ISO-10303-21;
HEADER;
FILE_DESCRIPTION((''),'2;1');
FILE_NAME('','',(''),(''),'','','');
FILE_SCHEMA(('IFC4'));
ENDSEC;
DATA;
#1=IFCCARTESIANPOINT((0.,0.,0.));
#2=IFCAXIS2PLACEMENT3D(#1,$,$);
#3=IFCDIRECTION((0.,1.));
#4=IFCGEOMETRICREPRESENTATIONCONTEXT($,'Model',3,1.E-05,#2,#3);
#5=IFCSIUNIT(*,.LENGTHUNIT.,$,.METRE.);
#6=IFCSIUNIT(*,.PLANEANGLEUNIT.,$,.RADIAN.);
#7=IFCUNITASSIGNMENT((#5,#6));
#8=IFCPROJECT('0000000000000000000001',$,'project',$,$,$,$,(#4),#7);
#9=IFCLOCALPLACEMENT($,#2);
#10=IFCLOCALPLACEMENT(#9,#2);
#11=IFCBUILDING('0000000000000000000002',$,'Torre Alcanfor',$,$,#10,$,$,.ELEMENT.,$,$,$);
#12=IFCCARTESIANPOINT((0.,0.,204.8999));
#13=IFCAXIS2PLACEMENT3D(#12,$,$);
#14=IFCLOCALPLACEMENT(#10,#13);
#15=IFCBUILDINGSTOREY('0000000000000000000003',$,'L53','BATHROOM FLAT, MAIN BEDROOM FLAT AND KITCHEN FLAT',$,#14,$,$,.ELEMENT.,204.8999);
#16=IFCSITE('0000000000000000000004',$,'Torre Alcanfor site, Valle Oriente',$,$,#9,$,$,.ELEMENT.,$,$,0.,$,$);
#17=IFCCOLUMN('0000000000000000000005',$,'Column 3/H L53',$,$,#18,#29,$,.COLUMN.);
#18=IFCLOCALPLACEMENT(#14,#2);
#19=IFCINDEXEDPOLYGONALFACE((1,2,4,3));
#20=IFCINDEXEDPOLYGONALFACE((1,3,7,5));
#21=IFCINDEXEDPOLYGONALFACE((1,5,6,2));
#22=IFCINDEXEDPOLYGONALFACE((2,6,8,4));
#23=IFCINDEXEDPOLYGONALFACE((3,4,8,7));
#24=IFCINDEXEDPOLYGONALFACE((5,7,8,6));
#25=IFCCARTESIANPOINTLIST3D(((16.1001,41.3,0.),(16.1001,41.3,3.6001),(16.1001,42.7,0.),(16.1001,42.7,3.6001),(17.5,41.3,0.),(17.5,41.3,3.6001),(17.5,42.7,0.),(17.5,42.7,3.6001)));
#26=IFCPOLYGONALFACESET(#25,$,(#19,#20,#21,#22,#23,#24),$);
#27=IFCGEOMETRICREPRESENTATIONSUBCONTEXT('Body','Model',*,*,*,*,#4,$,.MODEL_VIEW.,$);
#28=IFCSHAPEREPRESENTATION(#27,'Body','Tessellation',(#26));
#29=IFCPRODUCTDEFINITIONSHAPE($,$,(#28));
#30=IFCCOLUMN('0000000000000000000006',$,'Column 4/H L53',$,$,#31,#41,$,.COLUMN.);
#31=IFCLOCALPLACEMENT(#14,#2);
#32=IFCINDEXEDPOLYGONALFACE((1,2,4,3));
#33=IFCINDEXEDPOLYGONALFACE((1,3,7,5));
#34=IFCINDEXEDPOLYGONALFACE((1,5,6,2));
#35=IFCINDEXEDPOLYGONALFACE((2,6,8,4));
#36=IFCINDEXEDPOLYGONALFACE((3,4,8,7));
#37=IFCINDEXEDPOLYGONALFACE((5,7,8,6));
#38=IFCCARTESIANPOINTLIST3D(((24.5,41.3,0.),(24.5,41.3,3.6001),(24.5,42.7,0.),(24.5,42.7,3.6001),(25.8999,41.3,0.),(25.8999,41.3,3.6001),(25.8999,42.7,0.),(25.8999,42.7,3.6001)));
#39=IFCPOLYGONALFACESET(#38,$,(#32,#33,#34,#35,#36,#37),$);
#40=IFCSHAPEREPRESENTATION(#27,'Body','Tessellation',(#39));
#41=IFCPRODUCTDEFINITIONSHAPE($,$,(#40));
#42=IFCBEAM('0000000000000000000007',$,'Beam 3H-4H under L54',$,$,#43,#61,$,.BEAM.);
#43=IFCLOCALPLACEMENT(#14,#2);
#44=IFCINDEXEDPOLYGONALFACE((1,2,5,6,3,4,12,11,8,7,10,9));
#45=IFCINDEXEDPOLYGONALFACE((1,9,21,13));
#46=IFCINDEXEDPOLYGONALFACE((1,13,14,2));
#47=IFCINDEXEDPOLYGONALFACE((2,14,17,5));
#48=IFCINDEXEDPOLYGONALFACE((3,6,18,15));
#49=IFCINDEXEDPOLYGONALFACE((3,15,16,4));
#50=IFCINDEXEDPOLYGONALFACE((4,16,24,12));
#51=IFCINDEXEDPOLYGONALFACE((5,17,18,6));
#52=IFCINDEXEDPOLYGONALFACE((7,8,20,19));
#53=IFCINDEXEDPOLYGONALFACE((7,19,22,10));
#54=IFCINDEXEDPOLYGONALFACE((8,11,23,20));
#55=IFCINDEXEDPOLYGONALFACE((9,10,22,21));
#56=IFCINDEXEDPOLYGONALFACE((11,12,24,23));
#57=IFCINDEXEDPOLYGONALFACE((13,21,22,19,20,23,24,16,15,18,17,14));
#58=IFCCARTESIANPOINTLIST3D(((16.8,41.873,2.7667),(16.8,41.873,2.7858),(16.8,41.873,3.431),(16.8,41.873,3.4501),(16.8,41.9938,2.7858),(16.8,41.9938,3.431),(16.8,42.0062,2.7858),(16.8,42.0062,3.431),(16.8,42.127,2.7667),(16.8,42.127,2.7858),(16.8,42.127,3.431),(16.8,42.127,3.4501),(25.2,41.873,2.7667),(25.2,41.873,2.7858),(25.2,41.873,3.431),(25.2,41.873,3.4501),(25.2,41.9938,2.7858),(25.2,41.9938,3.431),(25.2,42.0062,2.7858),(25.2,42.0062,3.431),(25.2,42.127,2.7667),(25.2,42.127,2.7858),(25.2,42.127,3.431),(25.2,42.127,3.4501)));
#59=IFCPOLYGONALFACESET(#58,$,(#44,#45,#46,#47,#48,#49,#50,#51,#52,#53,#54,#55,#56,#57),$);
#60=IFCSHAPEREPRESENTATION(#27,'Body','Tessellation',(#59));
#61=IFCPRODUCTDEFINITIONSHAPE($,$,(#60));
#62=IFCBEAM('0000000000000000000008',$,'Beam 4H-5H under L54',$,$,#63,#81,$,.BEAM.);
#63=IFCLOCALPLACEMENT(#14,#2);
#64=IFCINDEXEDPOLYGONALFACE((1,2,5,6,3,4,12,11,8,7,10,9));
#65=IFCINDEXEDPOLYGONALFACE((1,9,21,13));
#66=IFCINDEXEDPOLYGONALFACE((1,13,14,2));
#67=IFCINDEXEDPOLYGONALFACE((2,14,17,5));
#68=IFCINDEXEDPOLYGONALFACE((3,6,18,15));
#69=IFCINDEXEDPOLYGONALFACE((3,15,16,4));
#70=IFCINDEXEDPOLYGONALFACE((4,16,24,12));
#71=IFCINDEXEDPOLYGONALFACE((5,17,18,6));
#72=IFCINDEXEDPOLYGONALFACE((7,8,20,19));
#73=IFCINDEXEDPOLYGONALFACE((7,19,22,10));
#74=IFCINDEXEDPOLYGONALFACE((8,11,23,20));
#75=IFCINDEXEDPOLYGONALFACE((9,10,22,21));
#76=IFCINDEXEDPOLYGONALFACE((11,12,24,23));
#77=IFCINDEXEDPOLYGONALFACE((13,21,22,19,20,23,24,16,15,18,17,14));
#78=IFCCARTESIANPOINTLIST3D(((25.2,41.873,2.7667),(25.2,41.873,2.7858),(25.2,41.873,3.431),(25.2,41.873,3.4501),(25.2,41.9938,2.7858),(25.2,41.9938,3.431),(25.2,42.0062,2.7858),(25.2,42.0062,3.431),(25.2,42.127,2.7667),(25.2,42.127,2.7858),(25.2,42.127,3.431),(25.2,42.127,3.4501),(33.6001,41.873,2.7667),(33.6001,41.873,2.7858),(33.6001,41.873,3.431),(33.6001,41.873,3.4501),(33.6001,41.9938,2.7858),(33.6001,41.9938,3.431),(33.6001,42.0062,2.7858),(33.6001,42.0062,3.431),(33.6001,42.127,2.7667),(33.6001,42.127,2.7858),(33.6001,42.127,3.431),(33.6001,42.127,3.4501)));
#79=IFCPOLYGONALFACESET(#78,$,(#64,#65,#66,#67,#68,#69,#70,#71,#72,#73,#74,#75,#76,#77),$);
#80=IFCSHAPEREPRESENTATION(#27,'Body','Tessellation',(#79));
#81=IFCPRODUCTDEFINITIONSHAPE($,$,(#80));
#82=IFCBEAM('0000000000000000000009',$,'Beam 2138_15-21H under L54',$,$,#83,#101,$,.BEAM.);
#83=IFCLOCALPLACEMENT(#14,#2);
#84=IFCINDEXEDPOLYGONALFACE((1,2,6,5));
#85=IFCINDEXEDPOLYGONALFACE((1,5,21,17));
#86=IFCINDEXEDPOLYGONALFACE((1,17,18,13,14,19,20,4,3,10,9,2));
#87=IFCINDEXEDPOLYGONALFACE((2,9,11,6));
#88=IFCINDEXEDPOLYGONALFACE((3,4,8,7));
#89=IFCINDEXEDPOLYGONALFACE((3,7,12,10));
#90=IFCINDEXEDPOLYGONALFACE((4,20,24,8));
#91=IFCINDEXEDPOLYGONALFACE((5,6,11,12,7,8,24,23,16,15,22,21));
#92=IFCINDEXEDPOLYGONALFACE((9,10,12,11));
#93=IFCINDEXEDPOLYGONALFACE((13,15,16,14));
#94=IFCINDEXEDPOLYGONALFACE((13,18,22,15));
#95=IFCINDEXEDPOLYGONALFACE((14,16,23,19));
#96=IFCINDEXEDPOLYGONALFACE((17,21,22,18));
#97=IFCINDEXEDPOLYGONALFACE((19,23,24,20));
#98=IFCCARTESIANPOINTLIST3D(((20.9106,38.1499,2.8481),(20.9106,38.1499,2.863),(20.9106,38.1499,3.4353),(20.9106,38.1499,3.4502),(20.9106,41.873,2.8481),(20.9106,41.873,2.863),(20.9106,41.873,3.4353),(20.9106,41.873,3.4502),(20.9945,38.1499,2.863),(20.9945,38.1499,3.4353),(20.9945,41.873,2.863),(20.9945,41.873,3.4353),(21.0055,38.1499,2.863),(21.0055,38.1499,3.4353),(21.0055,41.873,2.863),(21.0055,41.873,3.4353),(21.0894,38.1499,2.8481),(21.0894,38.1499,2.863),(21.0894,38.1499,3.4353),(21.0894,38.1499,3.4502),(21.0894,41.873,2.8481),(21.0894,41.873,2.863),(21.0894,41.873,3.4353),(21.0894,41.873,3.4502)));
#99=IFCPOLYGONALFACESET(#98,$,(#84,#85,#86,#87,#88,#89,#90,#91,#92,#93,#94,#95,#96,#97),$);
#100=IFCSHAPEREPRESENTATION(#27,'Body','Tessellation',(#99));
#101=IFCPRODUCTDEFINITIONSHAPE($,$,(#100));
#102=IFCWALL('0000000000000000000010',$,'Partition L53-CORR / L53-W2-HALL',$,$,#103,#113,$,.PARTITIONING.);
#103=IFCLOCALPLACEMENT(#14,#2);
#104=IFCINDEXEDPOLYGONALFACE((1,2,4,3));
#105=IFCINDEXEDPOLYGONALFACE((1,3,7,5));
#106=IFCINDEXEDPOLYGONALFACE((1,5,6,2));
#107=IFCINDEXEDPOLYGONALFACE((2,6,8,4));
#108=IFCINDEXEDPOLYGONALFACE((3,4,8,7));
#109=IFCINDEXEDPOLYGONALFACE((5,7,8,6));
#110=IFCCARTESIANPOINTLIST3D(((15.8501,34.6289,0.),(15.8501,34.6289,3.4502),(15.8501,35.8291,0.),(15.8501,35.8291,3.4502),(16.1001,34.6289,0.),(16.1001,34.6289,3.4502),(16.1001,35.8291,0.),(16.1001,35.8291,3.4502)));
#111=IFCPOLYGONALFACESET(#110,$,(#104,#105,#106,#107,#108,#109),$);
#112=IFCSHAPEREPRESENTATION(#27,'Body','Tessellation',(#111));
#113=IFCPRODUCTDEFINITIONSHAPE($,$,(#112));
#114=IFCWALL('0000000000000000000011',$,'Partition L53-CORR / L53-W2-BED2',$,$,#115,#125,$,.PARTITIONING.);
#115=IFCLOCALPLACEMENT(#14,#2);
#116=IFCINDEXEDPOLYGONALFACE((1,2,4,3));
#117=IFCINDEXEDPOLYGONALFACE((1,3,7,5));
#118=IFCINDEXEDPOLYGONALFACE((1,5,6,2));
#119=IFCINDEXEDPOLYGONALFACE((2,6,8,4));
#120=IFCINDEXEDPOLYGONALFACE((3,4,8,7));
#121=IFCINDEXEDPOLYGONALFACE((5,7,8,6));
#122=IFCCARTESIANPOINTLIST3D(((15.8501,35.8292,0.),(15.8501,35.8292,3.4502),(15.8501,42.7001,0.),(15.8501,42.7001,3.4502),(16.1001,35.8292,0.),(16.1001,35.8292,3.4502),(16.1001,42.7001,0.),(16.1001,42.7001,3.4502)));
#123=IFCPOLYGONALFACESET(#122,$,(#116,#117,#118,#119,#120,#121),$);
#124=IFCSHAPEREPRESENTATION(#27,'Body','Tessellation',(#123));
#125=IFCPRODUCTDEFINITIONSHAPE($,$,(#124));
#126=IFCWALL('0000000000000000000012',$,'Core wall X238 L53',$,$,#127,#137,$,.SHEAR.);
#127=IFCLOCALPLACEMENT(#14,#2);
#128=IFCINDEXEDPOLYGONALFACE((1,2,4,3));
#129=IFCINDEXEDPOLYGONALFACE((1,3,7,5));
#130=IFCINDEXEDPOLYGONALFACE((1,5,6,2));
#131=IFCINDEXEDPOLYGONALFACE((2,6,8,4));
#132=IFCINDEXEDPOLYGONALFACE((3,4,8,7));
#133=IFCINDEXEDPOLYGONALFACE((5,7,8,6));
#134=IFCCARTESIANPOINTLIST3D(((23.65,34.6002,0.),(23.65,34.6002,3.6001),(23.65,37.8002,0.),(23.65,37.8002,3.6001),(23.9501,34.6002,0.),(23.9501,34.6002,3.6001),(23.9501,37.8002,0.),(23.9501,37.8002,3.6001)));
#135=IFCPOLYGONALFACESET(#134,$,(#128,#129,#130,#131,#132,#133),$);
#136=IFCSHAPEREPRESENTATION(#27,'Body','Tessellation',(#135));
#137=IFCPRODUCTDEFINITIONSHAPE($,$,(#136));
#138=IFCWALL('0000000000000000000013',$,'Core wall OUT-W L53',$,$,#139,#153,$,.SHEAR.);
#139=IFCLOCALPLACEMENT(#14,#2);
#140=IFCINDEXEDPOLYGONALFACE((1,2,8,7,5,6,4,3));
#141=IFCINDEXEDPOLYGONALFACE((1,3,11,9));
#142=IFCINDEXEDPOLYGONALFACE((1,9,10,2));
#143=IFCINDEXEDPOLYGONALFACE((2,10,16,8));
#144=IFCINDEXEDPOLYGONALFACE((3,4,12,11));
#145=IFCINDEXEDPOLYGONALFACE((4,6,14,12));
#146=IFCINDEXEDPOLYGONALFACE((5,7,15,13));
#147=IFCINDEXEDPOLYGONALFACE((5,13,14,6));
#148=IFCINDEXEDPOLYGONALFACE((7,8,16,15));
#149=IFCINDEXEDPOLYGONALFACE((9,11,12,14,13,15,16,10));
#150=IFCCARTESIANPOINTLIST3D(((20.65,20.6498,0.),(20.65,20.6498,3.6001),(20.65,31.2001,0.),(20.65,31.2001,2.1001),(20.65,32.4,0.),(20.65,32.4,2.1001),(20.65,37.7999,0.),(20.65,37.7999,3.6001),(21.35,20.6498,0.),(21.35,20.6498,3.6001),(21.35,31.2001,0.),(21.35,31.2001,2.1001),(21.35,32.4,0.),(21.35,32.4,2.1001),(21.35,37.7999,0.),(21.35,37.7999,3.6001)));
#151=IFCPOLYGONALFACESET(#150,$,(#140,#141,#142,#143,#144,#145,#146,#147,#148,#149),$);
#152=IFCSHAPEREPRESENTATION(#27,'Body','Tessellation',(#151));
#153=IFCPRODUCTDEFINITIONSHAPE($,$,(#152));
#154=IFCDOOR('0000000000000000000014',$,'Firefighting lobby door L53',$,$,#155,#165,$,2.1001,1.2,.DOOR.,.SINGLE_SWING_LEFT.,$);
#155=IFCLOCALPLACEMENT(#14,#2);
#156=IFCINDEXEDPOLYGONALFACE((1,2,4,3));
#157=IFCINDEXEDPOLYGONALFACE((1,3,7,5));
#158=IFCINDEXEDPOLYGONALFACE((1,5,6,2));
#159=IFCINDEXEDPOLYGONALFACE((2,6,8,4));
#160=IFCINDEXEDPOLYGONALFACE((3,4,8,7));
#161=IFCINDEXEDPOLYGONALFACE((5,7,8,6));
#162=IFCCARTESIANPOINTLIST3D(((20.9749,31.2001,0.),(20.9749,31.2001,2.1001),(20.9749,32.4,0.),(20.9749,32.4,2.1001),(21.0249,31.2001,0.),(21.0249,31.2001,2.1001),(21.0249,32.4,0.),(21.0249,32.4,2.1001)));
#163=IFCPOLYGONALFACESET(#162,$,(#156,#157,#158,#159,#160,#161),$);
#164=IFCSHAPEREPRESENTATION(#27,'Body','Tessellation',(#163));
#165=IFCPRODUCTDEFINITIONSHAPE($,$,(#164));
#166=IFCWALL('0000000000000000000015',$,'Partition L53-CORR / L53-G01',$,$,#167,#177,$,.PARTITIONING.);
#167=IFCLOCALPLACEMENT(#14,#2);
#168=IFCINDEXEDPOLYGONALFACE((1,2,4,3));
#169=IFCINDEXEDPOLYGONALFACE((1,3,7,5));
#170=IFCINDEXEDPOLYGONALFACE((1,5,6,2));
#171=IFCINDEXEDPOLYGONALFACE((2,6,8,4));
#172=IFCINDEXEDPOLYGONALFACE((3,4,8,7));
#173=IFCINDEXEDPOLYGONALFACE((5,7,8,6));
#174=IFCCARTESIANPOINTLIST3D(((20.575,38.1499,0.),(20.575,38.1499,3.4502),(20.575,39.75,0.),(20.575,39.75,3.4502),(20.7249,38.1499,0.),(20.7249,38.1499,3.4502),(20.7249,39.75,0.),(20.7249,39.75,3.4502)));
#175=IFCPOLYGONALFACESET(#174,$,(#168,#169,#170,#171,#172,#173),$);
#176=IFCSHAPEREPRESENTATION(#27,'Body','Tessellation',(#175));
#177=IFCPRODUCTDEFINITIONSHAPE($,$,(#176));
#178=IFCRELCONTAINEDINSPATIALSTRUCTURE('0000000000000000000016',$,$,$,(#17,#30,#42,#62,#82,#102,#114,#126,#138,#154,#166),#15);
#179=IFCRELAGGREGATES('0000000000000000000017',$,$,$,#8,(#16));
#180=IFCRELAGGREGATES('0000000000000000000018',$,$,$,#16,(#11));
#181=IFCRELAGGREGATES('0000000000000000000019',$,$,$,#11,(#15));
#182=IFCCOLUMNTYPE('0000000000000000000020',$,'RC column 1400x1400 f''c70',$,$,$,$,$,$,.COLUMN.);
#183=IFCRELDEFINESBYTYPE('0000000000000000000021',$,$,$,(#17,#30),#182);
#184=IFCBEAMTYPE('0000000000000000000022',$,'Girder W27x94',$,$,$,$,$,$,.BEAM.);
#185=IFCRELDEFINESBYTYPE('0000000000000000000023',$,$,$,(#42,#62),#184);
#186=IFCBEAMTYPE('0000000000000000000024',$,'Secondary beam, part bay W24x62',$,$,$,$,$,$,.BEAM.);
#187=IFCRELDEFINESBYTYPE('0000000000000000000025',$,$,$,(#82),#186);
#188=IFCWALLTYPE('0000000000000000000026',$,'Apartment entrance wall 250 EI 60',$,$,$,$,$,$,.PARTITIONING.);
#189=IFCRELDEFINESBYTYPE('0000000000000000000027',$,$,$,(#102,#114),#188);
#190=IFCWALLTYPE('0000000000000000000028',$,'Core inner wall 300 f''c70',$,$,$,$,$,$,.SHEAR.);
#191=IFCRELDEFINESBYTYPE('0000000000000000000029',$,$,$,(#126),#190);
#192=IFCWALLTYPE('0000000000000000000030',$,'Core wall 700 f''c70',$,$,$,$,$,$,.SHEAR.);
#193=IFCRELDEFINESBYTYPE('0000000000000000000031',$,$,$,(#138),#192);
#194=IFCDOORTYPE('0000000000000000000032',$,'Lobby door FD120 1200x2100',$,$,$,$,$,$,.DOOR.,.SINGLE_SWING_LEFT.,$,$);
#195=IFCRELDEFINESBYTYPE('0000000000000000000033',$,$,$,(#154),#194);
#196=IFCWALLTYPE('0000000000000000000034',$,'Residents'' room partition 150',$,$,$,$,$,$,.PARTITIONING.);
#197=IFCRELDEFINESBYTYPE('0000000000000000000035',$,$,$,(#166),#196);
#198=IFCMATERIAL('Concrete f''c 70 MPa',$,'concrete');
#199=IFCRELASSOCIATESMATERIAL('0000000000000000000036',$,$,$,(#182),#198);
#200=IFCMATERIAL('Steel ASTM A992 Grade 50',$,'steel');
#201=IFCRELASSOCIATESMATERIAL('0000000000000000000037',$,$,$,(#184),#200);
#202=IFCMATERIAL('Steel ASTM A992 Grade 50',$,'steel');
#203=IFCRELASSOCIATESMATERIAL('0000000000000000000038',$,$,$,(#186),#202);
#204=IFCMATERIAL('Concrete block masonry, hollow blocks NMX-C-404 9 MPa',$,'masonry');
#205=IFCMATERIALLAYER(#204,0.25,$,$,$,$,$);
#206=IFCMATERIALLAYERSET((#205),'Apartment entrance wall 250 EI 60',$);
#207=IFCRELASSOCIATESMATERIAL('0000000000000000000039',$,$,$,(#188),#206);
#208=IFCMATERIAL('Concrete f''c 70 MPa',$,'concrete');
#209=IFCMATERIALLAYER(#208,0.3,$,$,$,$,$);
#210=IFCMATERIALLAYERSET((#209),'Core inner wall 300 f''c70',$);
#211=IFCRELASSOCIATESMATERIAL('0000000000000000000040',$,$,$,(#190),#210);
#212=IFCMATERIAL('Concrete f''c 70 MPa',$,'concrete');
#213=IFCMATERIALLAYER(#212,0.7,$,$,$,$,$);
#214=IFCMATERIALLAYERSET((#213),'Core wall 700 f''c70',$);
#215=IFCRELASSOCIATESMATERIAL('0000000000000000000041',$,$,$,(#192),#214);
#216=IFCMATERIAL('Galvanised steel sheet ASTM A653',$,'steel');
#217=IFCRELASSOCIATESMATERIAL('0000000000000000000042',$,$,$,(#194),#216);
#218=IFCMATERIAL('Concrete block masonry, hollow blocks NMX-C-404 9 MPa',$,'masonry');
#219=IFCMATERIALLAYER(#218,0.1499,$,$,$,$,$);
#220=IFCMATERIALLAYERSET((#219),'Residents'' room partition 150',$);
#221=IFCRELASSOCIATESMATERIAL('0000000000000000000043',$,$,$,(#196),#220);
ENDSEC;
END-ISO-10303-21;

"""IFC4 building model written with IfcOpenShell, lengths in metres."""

from ifc_helpers import new_model, si_unit, direction, frame, frame_2d, origin, origin_2d, place, context, subcontext, project, spatial, rectangle, i_section, extrude, material, layer, layer_set, material_profile, profile_set, type_object, element, fill, save


model = new_model("IFC4")

# Units and contexts
model_context = context("Model", 3, precision=1e-05, world=origin(), true_north=direction((0.0, 1.0)))
body_context = subcontext(model_context, "Body", "Model", "MODEL_VIEW")
ifc_project = project(units=[si_unit("LENGTHUNIT", "METRE"), si_unit("PLANEANGLEUNIT", "RADIAN")], contexts=[model_context])

# Site, building, storey
site_placement = place(None, origin())
site = spatial("IfcSite", under=ifc_project, at=site_placement, Name="Torre Alcanfor site, Valle Oriente", CompositionType="ELEMENT", RefElevation=0.0)
building_placement = place(site_placement, origin())
building = spatial("IfcBuilding", under=site, at=building_placement, Name="Torre Alcanfor", CompositionType="ELEMENT")
storey_placement = place(building_placement, frame((0.0, 0.0, 204.8999)))
storey = spatial("IfcBuildingStorey", under=building, at=storey_placement, Name="L53", Description="BATHROOM FLAT, MAIN BEDROOM FLAT AND KITCHEN FLAT", CompositionType="ELEMENT", Elevation=204.8999)

# Columns
ifc_material_1 = material(Name="Concrete f'c 70 MPa", Category="concrete")
ifc_material_profile_1 = material_profile(ifc_material_1, rectangle(XDim=1.3999, YDim=1.3999, at=origin_2d()), Name="1400x1400")
ifc_profile_set_1 = profile_set([ifc_material_profile_1], Name="Concrete f'c 70 MPa")
column_type = type_object("IfcColumnType", Name="RC column 1400x1400 f'c70", PredefinedType="COLUMN", material=ifc_profile_set_1)
for number, where, z_axis, x_axis, name in (
    (1, (16.8, 42.0, 0.0), (0.0, 0.0, 1.0), (1.0, 0.0, 0.0), "Column 3/H L53"),
    (2, (25.2, 42.0, 0.0), (0.0, 0.0, 1.0), (1.0, 0.0, 0.0), "Column 4/H L53"),
):
    element("IfcColumn", number, at=place(storey_placement, frame(where, z_axis=z_axis, x_axis=x_axis)), inside=storey, type_object=column_type, Name=name, PredefinedType="COLUMN", context=body_context, shape_type="SweptSolid", body=[
        extrude(rectangle(XDim=1.3999, YDim=1.3999, at=origin_2d()), origin(), (0.0, 0.0, 1.0), 3.6001),
    ])

# Beams
ifc_material_2 = material(Name="Steel ASTM A992 Grade 50", Category="steel")
ifc_material_profile_2 = material_profile(ifc_material_2, i_section(OverallWidth=0.2539, OverallDepth=0.6833, WebThickness=0.0125, FlangeThickness=0.019, at=origin_2d()), Name="W27x94")
ifc_profile_set_2 = profile_set([ifc_material_profile_2], Name="Steel ASTM A992 Grade 50")
beam_type_1 = type_object("IfcBeamType", Name="Girder W27x94", PredefinedType="BEAM", material=ifc_profile_set_2)
beam_1_placement = place(storey_placement, frame((16.8, 42.0, 3.1084), z_axis=(1.0, 0.0, 0.0), x_axis=(0.0, 1.0, 0.0)))
element("IfcBeam", 3, at=beam_1_placement, inside=storey, type_object=beam_type_1, Name="Beam 3H-4H under L54", PredefinedType="BEAM", context=body_context, shape_type="SweptSolid", body=[
    extrude(i_section(OverallWidth=0.2539, OverallDepth=0.6833, WebThickness=0.0125, FlangeThickness=0.019, at=origin_2d()), origin(), (0.0, 0.0, 1.0), 8.3999),
])
beam_2_placement = place(storey_placement, frame((25.2, 42.0, 3.1084), z_axis=(1.0, 0.0, 0.0), x_axis=(0.0, 1.0, 0.0)))
element("IfcBeam", 4, at=beam_2_placement, inside=storey, type_object=beam_type_1, Name="Beam 4H-5H under L54", PredefinedType="BEAM", context=body_context, shape_type="SweptSolid", body=[
    extrude(i_section(OverallWidth=0.2539, OverallDepth=0.6833, WebThickness=0.0125, FlangeThickness=0.019, at=origin_2d()), origin(), (0.0, 0.0, 1.0), 8.4001),
])
ifc_material_3 = material(Name="Steel ASTM A992 Grade 50", Category="steel")
ifc_material_profile_3 = material_profile(ifc_material_3, i_section(OverallWidth=0.1787, OverallDepth=0.6021, WebThickness=0.011, FlangeThickness=0.0149, at=origin_2d()), Name="W24x62")
ifc_profile_set_3 = profile_set([ifc_material_profile_3], Name="Steel ASTM A992 Grade 50")
beam_type_2 = type_object("IfcBeamType", Name="Secondary beam, part bay W24x62", PredefinedType="BEAM", material=ifc_profile_set_3)
beam_3_placement = place(storey_placement, frame((21.0, 38.1499, 3.1492), z_axis=(0.0, 1.0, 0.0), x_axis=(-1.0, 0.0, 0.0)))
element("IfcBeam", 5, at=beam_3_placement, inside=storey, type_object=beam_type_2, Name="Beam 2138_15-21H under L54", PredefinedType="BEAM", context=body_context, shape_type="SweptSolid", body=[
    extrude(i_section(OverallWidth=0.1787, OverallDepth=0.6021, WebThickness=0.011, FlangeThickness=0.0149, at=origin_2d()), origin(), (0.0, 0.0, 1.0), 3.7231),
])

# Walls
ifc_material_4 = material(Name="Concrete block masonry, hollow blocks NMX-C-404 9 MPa", Category="masonry")
ifc_layer_1 = layer(ifc_material_4, 0.25)
ifc_layer_set_1 = layer_set([ifc_layer_1], Name="Apartment entrance wall 250 EI 60")
wall_type_1 = type_object("IfcWallType", Name="Apartment entrance wall 250 EI 60", PredefinedType="PARTITIONING", material=ifc_layer_set_1)
wall_1_placement = place(storey_placement, frame((15.9751, 34.6289, 0.0), z_axis=(0.0, 0.0, 1.0), x_axis=(0.0, 1.0, 0.0)))
element("IfcWall", 6, at=wall_1_placement, inside=storey, type_object=wall_type_1, Name="Partition L53-CORR / L53-W2-HALL", PredefinedType="PARTITIONING", context=body_context, shape_type="SweptSolid", body=[
    extrude(rectangle(XDim=1.2002, YDim=0.25, at=frame_2d((0.6001, 0.0))), origin(), (0.0, 0.0, 1.0), 3.4502),
])
wall_2_placement = place(storey_placement, frame((15.9751, 35.8291, 0.0), z_axis=(0.0, 0.0, 1.0), x_axis=(0.0, 1.0, 0.0)))
element("IfcWall", 7, at=wall_2_placement, inside=storey, type_object=wall_type_1, Name="Partition L53-CORR / L53-W2-BED2", PredefinedType="PARTITIONING", context=body_context, shape_type="SweptSolid", body=[
    extrude(rectangle(XDim=6.8708, YDim=0.25, at=frame_2d((3.4355, 0.0))), origin(), (0.0, 0.0, 1.0), 3.4502),
])
ifc_material_5 = material(Name="Concrete f'c 70 MPa", Category="concrete")
ifc_layer_2 = layer(ifc_material_5, 0.3)
ifc_layer_set_2 = layer_set([ifc_layer_2], Name="Core inner wall 300 f'c70")
wall_type_2 = type_object("IfcWallType", Name="Core inner wall 300 f'c70", PredefinedType="SHEAR", material=ifc_layer_set_2)
wall_3_placement = place(storey_placement, frame((23.8, 34.6001, 0.0), z_axis=(0.0, 0.0, 1.0), x_axis=(0.0, 1.0, 0.0)))
element("IfcWall", 8, at=wall_3_placement, inside=storey, type_object=wall_type_2, Name="Core wall X238 L53", PredefinedType="SHEAR", context=body_context, shape_type="SweptSolid", body=[
    extrude(rectangle(XDim=3.2, YDim=0.3, at=frame_2d((1.6001, 0.0))), origin(), (0.0, 0.0, 1.0), 3.6001),
])

# Wall, opening, door
ifc_material_6 = material(Name="Concrete f'c 70 MPa", Category="concrete")
ifc_layer_3 = layer(ifc_material_6, 0.7)
ifc_layer_set_3 = layer_set([ifc_layer_3], Name="Core wall 700 f'c70")
wall_type_3 = type_object("IfcWallType", Name="Core wall 700 f'c70", PredefinedType="SHEAR", material=ifc_layer_set_3)
wall_4_placement = place(storey_placement, frame((21.0, 37.8, 0.0), z_axis=(0.0, 0.0, 1.0), x_axis=(0.0, -1.0, 0.0)))
wall_4 = element("IfcWall", 9, at=wall_4_placement, inside=storey, type_object=wall_type_3, Name="Core wall OUT-W L53", PredefinedType="SHEAR", context=body_context, shape_type="SweptSolid", body=[
    extrude(rectangle(XDim=17.1501, YDim=0.7, at=frame_2d((8.5752, 0.0))), origin(), (0.0, 0.0, 1.0), 3.6001),
])
opening_1_placement = place(wall_4_placement, frame((5.3999, 0.0, 0.0)))
opening_1 = element("IfcOpeningElement", 10, at=opening_1_placement, cuts=wall_4, PredefinedType="OPENING", context=body_context, shape_type="SweptSolid", body=[
    extrude(rectangle(XDim=1.2, YDim=2.1001, at=frame_2d((0.6001, 1.05))), frame((0.0, 0.3599, 0.0), z_axis=(0.0, -1.0, 0.0), x_axis=(1.0, 0.0, 0.0)), (0.0, 0.0, 1.0), 0.72),
])
ifc_material_7 = material(Name="Galvanised steel sheet ASTM A653", Category="steel")
door_type_1 = type_object("IfcDoorType", Name="Lobby door FD120 1200x2100", OperationType="SINGLE_SWING_LEFT", PredefinedType="DOOR", material=ifc_material_7)
door_1_placement = place(opening_1_placement, origin())
door_1 = element("IfcDoor", 11, at=door_1_placement, inside=storey, type_object=door_type_1, Name="Firefighting lobby door L53", OperationType="SINGLE_SWING_LEFT", OverallHeight=2.1001, OverallWidth=1.2, PredefinedType="DOOR", context=body_context, shape_type="SweptSolid", body=[
    extrude(rectangle(XDim=1.2, YDim=2.1001, at=frame_2d((0.6001, 1.05))), frame((0.0, 0.0249, 0.0), z_axis=(0.0, -1.0, 0.0), x_axis=(1.0, 0.0, 0.0)), (0.0, 0.0, 1.0), 0.05),
])
fill(opening_1, door_1)

# Wall
ifc_material_8 = material(Name="Concrete block masonry, hollow blocks NMX-C-404 9 MPa", Category="masonry")
ifc_layer_4 = layer(ifc_material_8, 0.1499)
ifc_layer_set_4 = layer_set([ifc_layer_4], Name="Residents' room partition 150")
wall_type_4 = type_object("IfcWallType", Name="Residents' room partition 150", PredefinedType="PARTITIONING", material=ifc_layer_set_4)
wall_5_placement = place(storey_placement, frame((20.6499, 39.75, 0.0), z_axis=(0.0, 0.0, 1.0), x_axis=(0.0, -1.0, 0.0)))
element("IfcWall", 12, at=wall_5_placement, inside=storey, type_object=wall_type_4, Name="Partition L53-CORR / L53-G01", PredefinedType="PARTITIONING", context=body_context, shape_type="SweptSolid", body=[
    extrude(rectangle(XDim=1.6001, YDim=0.1499, at=frame_2d((0.8, 0.0))), origin(), (0.0, 0.0, 1.0), 3.4502),
])

save(model, "model.ifc")
